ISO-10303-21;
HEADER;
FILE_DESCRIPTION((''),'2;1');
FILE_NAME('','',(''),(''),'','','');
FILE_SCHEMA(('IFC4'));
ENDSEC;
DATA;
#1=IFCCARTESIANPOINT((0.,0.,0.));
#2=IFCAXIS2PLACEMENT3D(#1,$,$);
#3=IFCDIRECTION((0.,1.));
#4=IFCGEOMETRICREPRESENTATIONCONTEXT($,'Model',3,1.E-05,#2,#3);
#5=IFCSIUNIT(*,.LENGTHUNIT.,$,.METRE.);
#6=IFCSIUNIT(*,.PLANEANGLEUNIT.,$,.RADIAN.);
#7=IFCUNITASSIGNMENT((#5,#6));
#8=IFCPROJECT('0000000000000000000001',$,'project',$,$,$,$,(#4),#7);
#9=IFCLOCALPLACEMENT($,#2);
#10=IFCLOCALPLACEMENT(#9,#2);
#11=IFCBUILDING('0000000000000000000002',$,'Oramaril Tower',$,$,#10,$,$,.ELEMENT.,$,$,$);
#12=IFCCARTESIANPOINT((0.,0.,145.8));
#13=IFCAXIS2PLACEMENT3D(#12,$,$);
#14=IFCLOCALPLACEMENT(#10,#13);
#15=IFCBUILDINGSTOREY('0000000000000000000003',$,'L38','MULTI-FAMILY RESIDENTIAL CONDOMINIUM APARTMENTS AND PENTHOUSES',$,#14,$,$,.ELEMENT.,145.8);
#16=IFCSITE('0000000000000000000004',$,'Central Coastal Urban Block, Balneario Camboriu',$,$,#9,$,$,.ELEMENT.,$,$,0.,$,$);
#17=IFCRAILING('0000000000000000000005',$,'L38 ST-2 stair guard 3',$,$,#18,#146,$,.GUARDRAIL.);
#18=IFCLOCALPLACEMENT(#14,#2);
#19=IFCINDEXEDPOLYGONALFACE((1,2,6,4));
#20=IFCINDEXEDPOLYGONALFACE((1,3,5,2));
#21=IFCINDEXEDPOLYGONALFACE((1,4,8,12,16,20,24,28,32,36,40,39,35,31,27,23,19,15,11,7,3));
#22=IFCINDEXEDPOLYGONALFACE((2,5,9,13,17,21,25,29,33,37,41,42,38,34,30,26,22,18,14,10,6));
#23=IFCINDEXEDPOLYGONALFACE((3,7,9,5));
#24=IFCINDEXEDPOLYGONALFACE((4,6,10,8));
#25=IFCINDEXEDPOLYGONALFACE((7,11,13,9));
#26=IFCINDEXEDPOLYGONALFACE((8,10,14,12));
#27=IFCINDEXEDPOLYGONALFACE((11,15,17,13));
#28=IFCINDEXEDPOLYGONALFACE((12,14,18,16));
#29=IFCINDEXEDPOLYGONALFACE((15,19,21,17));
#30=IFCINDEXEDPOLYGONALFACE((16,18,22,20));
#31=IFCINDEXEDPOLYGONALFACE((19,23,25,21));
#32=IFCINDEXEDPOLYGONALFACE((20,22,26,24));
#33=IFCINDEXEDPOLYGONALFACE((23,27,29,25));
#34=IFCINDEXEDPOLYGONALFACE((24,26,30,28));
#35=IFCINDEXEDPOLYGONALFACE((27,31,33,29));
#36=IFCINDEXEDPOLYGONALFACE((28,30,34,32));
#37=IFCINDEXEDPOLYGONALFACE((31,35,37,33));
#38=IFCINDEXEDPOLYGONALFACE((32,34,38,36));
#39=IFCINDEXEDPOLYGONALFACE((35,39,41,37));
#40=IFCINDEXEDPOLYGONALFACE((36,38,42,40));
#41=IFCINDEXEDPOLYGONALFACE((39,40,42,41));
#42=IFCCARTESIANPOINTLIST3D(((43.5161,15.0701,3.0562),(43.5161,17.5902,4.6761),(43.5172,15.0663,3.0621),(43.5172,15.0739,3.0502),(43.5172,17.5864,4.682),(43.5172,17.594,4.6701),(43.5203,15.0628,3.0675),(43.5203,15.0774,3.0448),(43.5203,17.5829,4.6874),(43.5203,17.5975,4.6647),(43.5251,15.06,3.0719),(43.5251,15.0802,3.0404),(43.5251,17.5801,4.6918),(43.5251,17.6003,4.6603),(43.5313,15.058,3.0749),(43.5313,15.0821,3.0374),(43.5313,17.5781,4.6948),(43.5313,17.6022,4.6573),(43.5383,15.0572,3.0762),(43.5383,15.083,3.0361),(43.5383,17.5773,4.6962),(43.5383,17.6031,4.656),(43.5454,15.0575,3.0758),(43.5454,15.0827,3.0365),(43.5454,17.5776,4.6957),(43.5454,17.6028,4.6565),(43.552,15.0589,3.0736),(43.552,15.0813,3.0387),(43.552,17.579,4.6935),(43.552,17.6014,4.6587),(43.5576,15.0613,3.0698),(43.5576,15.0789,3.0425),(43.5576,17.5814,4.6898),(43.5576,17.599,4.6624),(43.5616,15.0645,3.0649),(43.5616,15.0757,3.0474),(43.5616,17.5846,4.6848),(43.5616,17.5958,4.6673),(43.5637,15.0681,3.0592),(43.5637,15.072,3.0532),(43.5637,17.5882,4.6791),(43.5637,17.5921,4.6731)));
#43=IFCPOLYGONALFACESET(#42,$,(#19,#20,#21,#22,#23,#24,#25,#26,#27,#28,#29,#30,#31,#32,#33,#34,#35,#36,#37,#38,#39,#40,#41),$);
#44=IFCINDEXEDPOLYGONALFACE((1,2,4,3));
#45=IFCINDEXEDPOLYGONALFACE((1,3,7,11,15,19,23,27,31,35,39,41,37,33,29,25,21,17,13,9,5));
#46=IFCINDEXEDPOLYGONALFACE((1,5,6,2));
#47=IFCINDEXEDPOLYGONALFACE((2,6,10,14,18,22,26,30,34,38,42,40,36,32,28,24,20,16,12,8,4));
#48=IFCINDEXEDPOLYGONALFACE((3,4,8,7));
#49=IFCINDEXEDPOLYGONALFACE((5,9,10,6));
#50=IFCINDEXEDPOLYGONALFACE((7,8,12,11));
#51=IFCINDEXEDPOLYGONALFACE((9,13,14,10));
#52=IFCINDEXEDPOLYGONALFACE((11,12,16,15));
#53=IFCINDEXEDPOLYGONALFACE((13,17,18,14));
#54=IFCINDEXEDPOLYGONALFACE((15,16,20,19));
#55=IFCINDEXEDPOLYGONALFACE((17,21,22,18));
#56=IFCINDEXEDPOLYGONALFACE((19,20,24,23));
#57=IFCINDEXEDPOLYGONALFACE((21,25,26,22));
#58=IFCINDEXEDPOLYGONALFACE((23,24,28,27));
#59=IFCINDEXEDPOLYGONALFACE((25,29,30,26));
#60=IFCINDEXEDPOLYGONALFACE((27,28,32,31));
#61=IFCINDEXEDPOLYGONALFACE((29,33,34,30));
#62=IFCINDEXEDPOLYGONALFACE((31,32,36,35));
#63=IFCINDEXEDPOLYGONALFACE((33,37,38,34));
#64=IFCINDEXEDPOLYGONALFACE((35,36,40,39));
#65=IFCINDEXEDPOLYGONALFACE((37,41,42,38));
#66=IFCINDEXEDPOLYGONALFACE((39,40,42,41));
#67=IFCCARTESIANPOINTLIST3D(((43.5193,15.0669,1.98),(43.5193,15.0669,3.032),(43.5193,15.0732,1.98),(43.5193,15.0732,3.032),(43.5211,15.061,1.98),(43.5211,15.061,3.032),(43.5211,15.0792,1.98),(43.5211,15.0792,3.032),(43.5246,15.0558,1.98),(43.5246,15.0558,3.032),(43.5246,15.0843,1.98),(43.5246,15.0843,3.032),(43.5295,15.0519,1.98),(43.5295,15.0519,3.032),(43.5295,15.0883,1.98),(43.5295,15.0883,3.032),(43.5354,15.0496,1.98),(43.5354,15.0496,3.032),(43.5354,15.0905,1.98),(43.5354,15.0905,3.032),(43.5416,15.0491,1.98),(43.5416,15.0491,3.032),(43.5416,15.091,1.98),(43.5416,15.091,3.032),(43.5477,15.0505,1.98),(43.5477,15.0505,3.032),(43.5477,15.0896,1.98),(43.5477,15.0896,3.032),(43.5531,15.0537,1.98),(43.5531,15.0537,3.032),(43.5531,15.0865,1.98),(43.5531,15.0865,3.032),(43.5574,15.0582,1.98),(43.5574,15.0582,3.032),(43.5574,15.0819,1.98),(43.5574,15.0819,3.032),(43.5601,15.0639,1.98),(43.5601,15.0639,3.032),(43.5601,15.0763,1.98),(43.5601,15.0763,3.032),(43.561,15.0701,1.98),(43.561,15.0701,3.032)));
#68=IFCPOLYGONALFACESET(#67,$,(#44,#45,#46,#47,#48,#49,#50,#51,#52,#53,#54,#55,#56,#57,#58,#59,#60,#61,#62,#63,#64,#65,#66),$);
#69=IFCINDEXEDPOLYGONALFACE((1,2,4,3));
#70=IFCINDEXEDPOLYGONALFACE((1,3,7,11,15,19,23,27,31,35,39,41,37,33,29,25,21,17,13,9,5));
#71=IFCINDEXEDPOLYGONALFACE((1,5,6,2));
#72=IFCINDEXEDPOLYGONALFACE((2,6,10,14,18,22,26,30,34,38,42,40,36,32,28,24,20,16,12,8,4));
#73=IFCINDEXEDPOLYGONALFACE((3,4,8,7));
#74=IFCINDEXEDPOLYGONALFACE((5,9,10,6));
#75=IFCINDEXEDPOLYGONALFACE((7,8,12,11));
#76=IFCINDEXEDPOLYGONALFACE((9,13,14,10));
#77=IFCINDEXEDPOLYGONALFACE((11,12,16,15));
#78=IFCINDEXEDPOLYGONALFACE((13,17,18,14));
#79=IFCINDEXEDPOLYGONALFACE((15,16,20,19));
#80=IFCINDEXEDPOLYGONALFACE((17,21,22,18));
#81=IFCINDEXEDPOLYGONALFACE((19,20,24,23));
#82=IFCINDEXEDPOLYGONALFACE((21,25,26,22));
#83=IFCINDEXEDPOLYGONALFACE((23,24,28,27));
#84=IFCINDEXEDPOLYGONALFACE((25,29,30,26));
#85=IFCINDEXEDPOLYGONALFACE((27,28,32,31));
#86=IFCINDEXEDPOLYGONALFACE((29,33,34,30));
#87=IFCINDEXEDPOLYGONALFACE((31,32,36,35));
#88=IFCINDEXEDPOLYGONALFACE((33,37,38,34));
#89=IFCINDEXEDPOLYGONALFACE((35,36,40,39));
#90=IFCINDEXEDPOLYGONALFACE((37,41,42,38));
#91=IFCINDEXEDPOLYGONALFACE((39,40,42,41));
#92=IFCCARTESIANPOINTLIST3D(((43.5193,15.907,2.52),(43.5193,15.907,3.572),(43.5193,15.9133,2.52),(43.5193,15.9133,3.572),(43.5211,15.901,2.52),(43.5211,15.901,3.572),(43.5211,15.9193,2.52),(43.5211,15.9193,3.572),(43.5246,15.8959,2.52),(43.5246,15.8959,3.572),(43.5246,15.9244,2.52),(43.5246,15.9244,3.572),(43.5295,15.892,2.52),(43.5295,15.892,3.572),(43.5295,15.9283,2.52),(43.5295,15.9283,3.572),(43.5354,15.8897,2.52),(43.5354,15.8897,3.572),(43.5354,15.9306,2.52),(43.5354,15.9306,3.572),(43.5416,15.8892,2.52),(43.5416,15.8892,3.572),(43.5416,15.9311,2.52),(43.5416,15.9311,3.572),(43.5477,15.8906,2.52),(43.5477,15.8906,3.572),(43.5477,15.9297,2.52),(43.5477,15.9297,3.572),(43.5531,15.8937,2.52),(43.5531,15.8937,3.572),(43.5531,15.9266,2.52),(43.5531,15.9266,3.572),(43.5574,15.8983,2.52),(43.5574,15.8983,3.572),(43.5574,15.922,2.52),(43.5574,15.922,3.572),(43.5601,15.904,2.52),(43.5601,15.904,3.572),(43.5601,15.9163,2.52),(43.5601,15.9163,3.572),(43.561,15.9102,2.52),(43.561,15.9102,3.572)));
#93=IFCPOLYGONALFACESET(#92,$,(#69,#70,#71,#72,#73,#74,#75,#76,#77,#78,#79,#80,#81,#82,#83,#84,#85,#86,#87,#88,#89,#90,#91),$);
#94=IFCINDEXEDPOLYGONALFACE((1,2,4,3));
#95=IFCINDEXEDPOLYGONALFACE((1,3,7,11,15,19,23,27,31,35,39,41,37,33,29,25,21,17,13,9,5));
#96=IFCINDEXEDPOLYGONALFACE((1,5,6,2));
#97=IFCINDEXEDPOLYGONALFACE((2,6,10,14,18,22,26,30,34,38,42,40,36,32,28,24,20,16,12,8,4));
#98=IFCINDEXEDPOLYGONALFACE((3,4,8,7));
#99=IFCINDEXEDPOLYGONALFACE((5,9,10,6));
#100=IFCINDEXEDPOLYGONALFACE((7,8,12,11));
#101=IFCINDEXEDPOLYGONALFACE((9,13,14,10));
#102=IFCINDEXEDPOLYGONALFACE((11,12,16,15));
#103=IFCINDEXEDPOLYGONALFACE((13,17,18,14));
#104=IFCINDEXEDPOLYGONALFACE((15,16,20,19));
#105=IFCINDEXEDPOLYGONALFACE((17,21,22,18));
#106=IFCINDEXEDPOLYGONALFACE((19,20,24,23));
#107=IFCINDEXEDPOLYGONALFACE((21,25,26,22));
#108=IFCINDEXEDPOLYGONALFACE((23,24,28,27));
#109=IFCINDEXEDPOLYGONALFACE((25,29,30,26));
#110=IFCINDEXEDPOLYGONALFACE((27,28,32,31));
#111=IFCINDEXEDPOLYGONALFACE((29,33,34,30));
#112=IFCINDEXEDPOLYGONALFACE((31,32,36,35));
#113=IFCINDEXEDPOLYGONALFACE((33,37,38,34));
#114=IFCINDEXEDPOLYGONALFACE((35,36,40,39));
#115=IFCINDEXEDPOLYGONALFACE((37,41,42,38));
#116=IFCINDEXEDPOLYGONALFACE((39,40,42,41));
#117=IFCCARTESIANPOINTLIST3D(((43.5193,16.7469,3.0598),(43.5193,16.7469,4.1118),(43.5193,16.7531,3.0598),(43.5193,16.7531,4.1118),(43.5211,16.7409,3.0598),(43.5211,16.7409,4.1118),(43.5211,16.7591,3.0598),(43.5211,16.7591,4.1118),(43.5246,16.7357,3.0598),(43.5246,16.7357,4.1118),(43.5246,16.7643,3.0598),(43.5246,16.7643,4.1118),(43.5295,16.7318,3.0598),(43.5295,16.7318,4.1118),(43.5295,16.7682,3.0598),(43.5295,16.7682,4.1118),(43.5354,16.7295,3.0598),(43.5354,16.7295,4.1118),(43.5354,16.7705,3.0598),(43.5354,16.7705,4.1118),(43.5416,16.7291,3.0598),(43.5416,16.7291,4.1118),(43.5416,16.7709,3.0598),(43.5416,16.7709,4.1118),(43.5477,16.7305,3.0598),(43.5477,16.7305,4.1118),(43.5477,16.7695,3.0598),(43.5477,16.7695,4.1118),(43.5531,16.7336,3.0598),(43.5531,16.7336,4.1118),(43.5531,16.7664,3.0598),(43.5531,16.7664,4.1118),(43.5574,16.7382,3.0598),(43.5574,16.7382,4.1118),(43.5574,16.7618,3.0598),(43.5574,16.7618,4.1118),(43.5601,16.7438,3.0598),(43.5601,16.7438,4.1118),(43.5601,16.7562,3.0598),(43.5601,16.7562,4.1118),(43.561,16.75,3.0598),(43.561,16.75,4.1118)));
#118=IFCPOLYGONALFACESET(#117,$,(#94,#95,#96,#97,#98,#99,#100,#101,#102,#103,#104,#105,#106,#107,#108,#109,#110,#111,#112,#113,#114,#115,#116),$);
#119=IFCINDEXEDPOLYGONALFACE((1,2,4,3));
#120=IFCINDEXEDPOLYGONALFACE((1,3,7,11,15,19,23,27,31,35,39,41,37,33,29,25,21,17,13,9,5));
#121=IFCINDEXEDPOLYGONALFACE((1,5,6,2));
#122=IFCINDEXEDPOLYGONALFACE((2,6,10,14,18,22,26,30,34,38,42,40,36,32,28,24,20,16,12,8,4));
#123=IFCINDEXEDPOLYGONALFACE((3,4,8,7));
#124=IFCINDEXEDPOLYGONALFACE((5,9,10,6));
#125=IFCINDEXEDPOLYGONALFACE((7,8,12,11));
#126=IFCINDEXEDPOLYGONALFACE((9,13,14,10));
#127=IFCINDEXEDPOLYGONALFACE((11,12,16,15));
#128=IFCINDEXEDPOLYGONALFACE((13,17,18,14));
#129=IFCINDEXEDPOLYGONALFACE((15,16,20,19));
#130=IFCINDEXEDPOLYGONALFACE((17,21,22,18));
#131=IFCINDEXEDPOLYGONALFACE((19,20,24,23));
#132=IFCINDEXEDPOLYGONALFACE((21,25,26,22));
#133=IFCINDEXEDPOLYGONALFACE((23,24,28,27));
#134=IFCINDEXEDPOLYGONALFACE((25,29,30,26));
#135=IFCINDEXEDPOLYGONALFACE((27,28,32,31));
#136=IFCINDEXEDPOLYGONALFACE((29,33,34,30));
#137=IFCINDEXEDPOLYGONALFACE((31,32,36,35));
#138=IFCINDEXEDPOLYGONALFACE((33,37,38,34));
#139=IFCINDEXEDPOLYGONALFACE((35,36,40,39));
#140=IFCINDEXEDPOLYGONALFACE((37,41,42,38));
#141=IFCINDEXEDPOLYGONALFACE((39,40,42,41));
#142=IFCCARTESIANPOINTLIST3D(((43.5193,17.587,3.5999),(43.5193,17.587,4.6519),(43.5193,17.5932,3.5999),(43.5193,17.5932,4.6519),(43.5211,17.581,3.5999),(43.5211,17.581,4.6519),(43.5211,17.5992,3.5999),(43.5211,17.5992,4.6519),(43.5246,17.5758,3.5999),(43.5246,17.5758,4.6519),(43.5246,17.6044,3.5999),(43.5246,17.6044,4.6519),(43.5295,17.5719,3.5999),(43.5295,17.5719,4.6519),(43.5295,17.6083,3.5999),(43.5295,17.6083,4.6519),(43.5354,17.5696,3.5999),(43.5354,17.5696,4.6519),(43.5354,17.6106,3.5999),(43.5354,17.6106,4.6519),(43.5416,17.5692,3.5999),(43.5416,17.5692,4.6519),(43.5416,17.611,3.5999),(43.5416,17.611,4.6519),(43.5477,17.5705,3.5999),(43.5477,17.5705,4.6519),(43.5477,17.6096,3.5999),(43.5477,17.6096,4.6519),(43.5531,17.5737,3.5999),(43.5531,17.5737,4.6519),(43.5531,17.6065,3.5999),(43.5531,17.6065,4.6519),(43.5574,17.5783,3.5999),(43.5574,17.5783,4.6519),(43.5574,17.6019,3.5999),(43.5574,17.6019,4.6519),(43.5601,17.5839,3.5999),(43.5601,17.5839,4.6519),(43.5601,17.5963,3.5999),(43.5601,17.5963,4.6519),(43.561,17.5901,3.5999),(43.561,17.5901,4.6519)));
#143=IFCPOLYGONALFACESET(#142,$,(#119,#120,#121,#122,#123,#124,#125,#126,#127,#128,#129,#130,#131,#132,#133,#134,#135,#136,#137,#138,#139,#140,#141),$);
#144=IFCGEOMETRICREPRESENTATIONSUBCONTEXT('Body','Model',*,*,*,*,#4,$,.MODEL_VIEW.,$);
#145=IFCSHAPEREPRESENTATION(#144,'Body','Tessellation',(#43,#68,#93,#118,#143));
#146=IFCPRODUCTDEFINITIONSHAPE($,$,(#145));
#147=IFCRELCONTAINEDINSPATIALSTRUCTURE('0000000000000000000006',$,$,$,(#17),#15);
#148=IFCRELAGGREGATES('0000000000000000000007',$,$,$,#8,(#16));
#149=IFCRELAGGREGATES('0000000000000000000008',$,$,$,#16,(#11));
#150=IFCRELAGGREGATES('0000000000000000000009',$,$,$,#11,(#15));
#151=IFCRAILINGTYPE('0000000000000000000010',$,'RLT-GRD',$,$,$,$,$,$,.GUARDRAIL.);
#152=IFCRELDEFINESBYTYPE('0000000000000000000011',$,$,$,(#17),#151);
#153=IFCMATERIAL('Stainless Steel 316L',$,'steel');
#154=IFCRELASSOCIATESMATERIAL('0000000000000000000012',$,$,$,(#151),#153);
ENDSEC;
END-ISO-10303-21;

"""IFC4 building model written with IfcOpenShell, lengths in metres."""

from ifc_helpers import new_model, si_unit, direction, frame, origin, origin_2d, place, context, subcontext, project, spatial, circle, extrude, material, type_object, element, save


model = new_model("IFC4")

# Units and contexts
model_context = context("Model", 3, precision=1e-05, world=origin(), true_north=direction((0.0, 1.0)))
body_context = subcontext(model_context, "Body", "Model", "MODEL_VIEW")
ifc_project = project(units=[si_unit("LENGTHUNIT", "METRE"), si_unit("PLANEANGLEUNIT", "RADIAN")], contexts=[model_context])

# Site, building, storey
site_placement = place(None, origin())
site = spatial("IfcSite", under=ifc_project, at=site_placement, Name="Central Coastal Urban Block, Balneario Camboriu", CompositionType="ELEMENT", RefElevation=0.0)
building_placement = place(site_placement, origin())
building = spatial("IfcBuilding", under=site, at=building_placement, Name="Oramaril Tower", CompositionType="ELEMENT")
storey_placement = place(building_placement, frame((0.0, 0.0, 145.8)))
storey = spatial("IfcBuildingStorey", under=building, at=storey_placement, Name="L38", Description="MULTI-FAMILY RESIDENTIAL CONDOMINIUM APARTMENTS AND PENTHOUSES", CompositionType="ELEMENT", Elevation=145.8)

# Railing
ifc_material_1 = material(Name="Stainless Steel 316L", Category="steel")
railing_type_1 = type_object("IfcRailingType", Name="RLT-GRD", PredefinedType="GUARDRAIL", material=ifc_material_1)
railing_1_placement = place(storey_placement, frame((43.54, 15.0701, 1.98)))
element("IfcRailing", 1, at=railing_1_placement, inside=storey, type_object=railing_type_1, Name="L38 ST-2 stair guard 3", PredefinedType="GUARDRAIL", context=body_context, shape_type="SweptSolid", body=[
    extrude(circle(Radius=0.0239, at=origin_2d()), frame((0.0, 0.0, 1.0762), z_axis=(0.0, 0.8412, 0.540725), x_axis=(-1.0, 0.0, 0.0)), (0.0, 0.0, 1.0), 2.9958),
    extrude(circle(Radius=0.021, at=origin_2d()), origin(), (0.0, 0.0, 1.0), 1.052),
    extrude(circle(Radius=0.021, at=origin_2d()), frame((0.0, 0.8401, 0.54)), (0.0, 0.0, 1.0), 1.052),
    extrude(circle(Radius=0.021, at=origin_2d()), frame((0.0, 1.6799, 1.0798)), (0.0, 0.0, 1.0), 1.052),
    extrude(circle(Radius=0.021, at=origin_2d()), frame((0.0, 2.52, 1.6199)), (0.0, 0.0, 1.0), 1.052),
])

save(model, "model.ifc")
